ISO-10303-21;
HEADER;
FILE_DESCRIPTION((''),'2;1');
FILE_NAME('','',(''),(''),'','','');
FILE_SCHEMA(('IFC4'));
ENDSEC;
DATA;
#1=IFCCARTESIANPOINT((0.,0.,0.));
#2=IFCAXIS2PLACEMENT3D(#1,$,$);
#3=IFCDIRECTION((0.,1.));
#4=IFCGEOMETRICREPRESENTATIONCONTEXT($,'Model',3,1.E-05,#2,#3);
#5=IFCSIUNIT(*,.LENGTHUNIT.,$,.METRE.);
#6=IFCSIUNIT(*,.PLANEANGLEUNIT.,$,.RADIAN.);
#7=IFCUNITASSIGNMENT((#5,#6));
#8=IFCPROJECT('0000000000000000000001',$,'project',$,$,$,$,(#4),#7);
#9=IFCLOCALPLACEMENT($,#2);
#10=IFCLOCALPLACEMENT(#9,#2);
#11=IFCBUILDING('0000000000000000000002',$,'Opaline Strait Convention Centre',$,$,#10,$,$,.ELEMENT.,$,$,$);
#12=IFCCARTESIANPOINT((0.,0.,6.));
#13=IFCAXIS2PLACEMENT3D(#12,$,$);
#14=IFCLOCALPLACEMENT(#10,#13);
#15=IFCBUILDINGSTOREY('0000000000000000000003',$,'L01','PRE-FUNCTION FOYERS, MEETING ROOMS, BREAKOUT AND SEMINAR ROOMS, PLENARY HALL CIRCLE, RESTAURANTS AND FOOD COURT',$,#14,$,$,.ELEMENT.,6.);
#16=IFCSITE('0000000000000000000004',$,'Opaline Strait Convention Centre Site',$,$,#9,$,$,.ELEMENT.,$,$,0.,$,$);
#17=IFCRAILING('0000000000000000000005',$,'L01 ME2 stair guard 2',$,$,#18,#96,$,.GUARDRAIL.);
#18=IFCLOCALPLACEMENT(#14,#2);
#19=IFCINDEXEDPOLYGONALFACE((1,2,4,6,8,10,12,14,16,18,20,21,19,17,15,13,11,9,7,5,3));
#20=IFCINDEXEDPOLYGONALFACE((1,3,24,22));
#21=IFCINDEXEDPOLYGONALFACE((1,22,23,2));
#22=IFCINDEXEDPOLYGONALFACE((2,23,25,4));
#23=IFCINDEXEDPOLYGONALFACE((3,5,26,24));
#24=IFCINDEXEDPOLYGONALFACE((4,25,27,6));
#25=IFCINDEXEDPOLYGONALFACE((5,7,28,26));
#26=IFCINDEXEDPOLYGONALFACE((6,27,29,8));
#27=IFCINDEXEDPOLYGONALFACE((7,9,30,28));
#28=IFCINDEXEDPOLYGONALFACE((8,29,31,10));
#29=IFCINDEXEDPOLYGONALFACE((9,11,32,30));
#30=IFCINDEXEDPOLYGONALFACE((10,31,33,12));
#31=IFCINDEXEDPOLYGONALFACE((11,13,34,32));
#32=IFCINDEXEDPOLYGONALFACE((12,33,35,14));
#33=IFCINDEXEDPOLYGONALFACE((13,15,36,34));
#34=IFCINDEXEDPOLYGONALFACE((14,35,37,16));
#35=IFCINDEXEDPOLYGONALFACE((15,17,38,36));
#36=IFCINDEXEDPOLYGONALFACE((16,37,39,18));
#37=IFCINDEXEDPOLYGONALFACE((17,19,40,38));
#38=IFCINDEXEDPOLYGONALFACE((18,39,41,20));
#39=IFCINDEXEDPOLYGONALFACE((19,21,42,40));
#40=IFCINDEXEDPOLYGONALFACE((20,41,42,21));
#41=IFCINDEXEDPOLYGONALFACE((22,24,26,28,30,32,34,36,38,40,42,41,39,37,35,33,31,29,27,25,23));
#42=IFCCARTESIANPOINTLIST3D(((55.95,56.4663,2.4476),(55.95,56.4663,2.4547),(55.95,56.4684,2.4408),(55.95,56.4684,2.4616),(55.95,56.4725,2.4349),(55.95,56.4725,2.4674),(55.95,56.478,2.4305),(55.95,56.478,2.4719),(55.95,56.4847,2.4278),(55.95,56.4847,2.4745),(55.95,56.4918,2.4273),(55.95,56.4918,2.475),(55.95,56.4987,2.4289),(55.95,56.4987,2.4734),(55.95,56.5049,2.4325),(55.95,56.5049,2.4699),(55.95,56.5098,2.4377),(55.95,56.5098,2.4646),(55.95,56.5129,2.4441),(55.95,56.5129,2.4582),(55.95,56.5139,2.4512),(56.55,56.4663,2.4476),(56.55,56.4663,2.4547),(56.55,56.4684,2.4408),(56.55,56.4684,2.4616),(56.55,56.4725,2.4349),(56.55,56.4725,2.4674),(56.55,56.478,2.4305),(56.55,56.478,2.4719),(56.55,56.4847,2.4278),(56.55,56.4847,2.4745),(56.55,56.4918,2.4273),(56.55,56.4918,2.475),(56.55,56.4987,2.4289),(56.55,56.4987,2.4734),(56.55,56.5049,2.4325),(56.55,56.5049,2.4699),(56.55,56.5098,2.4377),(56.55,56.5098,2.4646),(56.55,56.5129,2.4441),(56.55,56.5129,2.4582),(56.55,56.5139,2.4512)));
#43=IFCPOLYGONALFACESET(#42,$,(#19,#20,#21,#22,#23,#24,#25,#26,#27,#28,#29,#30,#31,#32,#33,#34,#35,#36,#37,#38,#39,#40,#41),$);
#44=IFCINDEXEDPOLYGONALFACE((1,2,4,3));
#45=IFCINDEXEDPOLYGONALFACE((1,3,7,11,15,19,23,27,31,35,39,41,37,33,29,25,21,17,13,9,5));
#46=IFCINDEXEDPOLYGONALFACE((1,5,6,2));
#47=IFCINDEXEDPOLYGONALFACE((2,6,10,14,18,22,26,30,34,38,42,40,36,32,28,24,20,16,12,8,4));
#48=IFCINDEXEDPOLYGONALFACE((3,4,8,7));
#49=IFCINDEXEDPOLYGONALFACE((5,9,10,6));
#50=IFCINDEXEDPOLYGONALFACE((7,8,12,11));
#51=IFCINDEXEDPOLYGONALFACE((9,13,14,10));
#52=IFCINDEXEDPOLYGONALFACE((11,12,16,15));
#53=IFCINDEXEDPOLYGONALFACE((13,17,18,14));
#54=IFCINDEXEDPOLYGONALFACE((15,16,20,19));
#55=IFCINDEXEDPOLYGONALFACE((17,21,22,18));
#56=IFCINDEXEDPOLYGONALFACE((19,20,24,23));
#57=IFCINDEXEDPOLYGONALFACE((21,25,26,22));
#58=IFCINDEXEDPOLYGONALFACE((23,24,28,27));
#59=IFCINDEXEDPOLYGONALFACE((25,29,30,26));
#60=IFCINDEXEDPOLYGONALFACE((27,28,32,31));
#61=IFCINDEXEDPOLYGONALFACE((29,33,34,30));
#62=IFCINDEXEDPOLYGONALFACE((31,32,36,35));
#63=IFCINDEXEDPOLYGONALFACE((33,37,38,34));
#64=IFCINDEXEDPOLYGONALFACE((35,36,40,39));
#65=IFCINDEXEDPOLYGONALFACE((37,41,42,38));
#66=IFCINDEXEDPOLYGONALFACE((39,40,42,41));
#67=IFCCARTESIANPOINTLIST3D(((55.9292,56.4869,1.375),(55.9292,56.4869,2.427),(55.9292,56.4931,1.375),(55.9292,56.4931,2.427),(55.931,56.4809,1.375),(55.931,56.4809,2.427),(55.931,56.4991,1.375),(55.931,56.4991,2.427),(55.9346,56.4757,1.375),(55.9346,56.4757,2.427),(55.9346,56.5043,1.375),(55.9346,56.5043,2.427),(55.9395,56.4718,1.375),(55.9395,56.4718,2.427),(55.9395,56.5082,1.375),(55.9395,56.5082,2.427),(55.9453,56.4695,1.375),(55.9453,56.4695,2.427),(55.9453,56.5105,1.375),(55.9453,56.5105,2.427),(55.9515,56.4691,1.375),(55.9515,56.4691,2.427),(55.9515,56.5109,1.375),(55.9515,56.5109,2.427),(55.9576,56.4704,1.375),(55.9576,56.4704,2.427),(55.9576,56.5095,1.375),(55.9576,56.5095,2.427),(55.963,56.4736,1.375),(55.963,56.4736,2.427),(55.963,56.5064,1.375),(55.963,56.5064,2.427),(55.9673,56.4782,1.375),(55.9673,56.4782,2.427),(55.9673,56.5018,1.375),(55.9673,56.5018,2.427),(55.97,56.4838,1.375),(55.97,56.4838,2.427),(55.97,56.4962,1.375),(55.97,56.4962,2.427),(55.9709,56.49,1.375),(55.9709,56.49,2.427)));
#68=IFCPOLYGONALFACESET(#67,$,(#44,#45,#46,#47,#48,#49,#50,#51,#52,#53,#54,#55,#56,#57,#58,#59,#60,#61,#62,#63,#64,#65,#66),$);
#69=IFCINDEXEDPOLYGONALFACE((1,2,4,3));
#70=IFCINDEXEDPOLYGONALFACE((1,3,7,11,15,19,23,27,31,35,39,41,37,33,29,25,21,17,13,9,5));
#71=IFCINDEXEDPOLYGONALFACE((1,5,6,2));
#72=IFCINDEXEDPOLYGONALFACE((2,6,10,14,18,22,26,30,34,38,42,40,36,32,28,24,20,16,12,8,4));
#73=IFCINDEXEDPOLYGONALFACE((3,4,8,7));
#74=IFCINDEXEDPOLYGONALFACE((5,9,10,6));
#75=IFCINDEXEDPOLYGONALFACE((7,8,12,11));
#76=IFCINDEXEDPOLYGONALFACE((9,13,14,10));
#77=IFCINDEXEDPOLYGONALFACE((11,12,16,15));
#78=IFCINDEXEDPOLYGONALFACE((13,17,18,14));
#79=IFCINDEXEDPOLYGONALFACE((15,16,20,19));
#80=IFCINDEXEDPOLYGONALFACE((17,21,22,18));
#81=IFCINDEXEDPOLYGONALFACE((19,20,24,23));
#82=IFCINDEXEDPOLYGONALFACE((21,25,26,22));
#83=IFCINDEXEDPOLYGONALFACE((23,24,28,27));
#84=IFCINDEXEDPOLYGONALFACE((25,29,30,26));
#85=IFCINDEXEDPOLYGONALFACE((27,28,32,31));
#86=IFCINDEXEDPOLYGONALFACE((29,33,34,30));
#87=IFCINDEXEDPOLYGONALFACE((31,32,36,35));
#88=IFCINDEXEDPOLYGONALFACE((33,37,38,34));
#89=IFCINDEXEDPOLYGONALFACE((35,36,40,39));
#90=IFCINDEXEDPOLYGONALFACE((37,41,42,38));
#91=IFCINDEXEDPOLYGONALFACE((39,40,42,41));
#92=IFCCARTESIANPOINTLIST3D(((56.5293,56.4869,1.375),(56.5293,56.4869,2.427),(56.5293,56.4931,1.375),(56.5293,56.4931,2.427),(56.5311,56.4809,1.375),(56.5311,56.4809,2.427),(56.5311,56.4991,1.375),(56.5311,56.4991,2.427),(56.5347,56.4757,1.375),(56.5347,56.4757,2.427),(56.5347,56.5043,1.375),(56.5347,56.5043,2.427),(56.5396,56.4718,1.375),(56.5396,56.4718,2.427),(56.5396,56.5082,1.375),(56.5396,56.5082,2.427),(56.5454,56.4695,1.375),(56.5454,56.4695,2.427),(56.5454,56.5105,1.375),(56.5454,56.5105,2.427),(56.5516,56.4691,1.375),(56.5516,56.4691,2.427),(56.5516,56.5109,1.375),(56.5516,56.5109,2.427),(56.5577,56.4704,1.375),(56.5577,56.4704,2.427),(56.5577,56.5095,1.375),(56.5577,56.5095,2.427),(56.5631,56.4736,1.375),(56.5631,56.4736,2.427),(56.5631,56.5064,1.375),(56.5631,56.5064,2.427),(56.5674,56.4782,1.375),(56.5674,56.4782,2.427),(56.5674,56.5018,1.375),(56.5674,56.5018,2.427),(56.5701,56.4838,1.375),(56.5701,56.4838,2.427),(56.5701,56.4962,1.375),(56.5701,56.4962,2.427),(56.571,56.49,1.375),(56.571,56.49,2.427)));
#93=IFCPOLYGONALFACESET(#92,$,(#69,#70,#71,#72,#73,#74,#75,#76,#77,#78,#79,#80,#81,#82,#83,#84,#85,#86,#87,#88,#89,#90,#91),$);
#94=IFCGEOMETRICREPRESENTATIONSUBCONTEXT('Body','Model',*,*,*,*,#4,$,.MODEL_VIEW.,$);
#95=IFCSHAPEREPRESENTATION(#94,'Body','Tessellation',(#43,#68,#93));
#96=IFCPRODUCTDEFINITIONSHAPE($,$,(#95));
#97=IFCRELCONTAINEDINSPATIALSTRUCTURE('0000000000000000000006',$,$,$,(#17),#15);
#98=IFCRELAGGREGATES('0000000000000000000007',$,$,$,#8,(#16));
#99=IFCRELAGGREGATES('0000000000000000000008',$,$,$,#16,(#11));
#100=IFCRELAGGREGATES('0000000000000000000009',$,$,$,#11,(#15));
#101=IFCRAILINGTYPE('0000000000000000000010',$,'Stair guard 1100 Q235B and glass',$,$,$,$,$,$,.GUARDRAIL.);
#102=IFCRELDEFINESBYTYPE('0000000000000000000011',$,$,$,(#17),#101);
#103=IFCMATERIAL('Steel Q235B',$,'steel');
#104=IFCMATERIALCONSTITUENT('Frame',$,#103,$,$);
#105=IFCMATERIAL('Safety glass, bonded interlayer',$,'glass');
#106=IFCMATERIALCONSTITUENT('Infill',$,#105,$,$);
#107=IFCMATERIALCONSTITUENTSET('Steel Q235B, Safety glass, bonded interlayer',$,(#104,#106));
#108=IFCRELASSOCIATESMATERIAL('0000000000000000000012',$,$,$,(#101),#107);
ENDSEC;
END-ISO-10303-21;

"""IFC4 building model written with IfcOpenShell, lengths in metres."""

from ifc_helpers import new_model, si_unit, direction, frame, origin, origin_2d, place, context, subcontext, project, spatial, circle, extrude, material, constituent, constituent_set, type_object, element, save


model = new_model("IFC4")

# Units and contexts
model_context = context("Model", 3, precision=1e-05, world=origin(), true_north=direction((0.0, 1.0)))
body_context = subcontext(model_context, "Body", "Model", "MODEL_VIEW")
ifc_project = project(units=[si_unit("LENGTHUNIT", "METRE"), si_unit("PLANEANGLEUNIT", "RADIAN")], contexts=[model_context])

# Site, building, storey
site_placement = place(None, origin())
site = spatial("IfcSite", under=ifc_project, at=site_placement, Name="Opaline Strait Convention Centre Site", CompositionType="ELEMENT", RefElevation=0.0)
building_placement = place(site_placement, origin())
building = spatial("IfcBuilding", under=site, at=building_placement, Name="Opaline Strait Convention Centre", CompositionType="ELEMENT")
storey_placement = place(building_placement, frame((0.0, 0.0, 6.0)))
storey = spatial("IfcBuildingStorey", under=building, at=storey_placement, Name="L01", Description="PRE-FUNCTION FOYERS, MEETING ROOMS, BREAKOUT AND SEMINAR ROOMS, PLENARY HALL CIRCLE, RESTAURANTS AND FOOD COURT", CompositionType="ELEMENT", Elevation=6.0)

# Railing
ifc_material_1 = material(Name="Steel Q235B", Category="steel")
ifc_constituent_1 = constituent(ifc_material_1, Name="Frame")
ifc_material_2 = material(Name="Safety glass, bonded interlayer", Category="glass")
ifc_constituent_2 = constituent(ifc_material_2, Name="Infill")
ifc_constituent_set = constituent_set(constituents=[ifc_constituent_1, ifc_constituent_2], Name="Steel Q235B, Safety glass, bonded interlayer")
railing_type_1 = type_object("IfcRailingType", Name="Stair guard 1100 Q235B and glass", PredefinedType="GUARDRAIL", material=ifc_constituent_set)
railing_1_placement = place(storey_placement, frame((55.95, 56.49, 1.375)))
element("IfcRailing", 1, at=railing_1_placement, inside=storey, type_object=railing_type_1, Name="L01 ME2 stair guard 2", PredefinedType="GUARDRAIL", context=body_context, shape_type="SweptSolid", body=[
    extrude(circle(Radius=0.0239, at=origin_2d()), frame((0.0, 0.0, 1.0762), z_axis=(1.0, 0.0, 0.0), x_axis=(0.0, 1.0, 0.0)), (0.0, 0.0, 1.0), 0.6001),
    extrude(circle(Radius=0.021, at=origin_2d()), origin(), (0.0, 0.0, 1.0), 1.052),
    extrude(circle(Radius=0.021, at=origin_2d()), frame((0.6001, 0.0, 0.0)), (0.0, 0.0, 1.0), 1.052),
])

save(model, "model.ifc")
